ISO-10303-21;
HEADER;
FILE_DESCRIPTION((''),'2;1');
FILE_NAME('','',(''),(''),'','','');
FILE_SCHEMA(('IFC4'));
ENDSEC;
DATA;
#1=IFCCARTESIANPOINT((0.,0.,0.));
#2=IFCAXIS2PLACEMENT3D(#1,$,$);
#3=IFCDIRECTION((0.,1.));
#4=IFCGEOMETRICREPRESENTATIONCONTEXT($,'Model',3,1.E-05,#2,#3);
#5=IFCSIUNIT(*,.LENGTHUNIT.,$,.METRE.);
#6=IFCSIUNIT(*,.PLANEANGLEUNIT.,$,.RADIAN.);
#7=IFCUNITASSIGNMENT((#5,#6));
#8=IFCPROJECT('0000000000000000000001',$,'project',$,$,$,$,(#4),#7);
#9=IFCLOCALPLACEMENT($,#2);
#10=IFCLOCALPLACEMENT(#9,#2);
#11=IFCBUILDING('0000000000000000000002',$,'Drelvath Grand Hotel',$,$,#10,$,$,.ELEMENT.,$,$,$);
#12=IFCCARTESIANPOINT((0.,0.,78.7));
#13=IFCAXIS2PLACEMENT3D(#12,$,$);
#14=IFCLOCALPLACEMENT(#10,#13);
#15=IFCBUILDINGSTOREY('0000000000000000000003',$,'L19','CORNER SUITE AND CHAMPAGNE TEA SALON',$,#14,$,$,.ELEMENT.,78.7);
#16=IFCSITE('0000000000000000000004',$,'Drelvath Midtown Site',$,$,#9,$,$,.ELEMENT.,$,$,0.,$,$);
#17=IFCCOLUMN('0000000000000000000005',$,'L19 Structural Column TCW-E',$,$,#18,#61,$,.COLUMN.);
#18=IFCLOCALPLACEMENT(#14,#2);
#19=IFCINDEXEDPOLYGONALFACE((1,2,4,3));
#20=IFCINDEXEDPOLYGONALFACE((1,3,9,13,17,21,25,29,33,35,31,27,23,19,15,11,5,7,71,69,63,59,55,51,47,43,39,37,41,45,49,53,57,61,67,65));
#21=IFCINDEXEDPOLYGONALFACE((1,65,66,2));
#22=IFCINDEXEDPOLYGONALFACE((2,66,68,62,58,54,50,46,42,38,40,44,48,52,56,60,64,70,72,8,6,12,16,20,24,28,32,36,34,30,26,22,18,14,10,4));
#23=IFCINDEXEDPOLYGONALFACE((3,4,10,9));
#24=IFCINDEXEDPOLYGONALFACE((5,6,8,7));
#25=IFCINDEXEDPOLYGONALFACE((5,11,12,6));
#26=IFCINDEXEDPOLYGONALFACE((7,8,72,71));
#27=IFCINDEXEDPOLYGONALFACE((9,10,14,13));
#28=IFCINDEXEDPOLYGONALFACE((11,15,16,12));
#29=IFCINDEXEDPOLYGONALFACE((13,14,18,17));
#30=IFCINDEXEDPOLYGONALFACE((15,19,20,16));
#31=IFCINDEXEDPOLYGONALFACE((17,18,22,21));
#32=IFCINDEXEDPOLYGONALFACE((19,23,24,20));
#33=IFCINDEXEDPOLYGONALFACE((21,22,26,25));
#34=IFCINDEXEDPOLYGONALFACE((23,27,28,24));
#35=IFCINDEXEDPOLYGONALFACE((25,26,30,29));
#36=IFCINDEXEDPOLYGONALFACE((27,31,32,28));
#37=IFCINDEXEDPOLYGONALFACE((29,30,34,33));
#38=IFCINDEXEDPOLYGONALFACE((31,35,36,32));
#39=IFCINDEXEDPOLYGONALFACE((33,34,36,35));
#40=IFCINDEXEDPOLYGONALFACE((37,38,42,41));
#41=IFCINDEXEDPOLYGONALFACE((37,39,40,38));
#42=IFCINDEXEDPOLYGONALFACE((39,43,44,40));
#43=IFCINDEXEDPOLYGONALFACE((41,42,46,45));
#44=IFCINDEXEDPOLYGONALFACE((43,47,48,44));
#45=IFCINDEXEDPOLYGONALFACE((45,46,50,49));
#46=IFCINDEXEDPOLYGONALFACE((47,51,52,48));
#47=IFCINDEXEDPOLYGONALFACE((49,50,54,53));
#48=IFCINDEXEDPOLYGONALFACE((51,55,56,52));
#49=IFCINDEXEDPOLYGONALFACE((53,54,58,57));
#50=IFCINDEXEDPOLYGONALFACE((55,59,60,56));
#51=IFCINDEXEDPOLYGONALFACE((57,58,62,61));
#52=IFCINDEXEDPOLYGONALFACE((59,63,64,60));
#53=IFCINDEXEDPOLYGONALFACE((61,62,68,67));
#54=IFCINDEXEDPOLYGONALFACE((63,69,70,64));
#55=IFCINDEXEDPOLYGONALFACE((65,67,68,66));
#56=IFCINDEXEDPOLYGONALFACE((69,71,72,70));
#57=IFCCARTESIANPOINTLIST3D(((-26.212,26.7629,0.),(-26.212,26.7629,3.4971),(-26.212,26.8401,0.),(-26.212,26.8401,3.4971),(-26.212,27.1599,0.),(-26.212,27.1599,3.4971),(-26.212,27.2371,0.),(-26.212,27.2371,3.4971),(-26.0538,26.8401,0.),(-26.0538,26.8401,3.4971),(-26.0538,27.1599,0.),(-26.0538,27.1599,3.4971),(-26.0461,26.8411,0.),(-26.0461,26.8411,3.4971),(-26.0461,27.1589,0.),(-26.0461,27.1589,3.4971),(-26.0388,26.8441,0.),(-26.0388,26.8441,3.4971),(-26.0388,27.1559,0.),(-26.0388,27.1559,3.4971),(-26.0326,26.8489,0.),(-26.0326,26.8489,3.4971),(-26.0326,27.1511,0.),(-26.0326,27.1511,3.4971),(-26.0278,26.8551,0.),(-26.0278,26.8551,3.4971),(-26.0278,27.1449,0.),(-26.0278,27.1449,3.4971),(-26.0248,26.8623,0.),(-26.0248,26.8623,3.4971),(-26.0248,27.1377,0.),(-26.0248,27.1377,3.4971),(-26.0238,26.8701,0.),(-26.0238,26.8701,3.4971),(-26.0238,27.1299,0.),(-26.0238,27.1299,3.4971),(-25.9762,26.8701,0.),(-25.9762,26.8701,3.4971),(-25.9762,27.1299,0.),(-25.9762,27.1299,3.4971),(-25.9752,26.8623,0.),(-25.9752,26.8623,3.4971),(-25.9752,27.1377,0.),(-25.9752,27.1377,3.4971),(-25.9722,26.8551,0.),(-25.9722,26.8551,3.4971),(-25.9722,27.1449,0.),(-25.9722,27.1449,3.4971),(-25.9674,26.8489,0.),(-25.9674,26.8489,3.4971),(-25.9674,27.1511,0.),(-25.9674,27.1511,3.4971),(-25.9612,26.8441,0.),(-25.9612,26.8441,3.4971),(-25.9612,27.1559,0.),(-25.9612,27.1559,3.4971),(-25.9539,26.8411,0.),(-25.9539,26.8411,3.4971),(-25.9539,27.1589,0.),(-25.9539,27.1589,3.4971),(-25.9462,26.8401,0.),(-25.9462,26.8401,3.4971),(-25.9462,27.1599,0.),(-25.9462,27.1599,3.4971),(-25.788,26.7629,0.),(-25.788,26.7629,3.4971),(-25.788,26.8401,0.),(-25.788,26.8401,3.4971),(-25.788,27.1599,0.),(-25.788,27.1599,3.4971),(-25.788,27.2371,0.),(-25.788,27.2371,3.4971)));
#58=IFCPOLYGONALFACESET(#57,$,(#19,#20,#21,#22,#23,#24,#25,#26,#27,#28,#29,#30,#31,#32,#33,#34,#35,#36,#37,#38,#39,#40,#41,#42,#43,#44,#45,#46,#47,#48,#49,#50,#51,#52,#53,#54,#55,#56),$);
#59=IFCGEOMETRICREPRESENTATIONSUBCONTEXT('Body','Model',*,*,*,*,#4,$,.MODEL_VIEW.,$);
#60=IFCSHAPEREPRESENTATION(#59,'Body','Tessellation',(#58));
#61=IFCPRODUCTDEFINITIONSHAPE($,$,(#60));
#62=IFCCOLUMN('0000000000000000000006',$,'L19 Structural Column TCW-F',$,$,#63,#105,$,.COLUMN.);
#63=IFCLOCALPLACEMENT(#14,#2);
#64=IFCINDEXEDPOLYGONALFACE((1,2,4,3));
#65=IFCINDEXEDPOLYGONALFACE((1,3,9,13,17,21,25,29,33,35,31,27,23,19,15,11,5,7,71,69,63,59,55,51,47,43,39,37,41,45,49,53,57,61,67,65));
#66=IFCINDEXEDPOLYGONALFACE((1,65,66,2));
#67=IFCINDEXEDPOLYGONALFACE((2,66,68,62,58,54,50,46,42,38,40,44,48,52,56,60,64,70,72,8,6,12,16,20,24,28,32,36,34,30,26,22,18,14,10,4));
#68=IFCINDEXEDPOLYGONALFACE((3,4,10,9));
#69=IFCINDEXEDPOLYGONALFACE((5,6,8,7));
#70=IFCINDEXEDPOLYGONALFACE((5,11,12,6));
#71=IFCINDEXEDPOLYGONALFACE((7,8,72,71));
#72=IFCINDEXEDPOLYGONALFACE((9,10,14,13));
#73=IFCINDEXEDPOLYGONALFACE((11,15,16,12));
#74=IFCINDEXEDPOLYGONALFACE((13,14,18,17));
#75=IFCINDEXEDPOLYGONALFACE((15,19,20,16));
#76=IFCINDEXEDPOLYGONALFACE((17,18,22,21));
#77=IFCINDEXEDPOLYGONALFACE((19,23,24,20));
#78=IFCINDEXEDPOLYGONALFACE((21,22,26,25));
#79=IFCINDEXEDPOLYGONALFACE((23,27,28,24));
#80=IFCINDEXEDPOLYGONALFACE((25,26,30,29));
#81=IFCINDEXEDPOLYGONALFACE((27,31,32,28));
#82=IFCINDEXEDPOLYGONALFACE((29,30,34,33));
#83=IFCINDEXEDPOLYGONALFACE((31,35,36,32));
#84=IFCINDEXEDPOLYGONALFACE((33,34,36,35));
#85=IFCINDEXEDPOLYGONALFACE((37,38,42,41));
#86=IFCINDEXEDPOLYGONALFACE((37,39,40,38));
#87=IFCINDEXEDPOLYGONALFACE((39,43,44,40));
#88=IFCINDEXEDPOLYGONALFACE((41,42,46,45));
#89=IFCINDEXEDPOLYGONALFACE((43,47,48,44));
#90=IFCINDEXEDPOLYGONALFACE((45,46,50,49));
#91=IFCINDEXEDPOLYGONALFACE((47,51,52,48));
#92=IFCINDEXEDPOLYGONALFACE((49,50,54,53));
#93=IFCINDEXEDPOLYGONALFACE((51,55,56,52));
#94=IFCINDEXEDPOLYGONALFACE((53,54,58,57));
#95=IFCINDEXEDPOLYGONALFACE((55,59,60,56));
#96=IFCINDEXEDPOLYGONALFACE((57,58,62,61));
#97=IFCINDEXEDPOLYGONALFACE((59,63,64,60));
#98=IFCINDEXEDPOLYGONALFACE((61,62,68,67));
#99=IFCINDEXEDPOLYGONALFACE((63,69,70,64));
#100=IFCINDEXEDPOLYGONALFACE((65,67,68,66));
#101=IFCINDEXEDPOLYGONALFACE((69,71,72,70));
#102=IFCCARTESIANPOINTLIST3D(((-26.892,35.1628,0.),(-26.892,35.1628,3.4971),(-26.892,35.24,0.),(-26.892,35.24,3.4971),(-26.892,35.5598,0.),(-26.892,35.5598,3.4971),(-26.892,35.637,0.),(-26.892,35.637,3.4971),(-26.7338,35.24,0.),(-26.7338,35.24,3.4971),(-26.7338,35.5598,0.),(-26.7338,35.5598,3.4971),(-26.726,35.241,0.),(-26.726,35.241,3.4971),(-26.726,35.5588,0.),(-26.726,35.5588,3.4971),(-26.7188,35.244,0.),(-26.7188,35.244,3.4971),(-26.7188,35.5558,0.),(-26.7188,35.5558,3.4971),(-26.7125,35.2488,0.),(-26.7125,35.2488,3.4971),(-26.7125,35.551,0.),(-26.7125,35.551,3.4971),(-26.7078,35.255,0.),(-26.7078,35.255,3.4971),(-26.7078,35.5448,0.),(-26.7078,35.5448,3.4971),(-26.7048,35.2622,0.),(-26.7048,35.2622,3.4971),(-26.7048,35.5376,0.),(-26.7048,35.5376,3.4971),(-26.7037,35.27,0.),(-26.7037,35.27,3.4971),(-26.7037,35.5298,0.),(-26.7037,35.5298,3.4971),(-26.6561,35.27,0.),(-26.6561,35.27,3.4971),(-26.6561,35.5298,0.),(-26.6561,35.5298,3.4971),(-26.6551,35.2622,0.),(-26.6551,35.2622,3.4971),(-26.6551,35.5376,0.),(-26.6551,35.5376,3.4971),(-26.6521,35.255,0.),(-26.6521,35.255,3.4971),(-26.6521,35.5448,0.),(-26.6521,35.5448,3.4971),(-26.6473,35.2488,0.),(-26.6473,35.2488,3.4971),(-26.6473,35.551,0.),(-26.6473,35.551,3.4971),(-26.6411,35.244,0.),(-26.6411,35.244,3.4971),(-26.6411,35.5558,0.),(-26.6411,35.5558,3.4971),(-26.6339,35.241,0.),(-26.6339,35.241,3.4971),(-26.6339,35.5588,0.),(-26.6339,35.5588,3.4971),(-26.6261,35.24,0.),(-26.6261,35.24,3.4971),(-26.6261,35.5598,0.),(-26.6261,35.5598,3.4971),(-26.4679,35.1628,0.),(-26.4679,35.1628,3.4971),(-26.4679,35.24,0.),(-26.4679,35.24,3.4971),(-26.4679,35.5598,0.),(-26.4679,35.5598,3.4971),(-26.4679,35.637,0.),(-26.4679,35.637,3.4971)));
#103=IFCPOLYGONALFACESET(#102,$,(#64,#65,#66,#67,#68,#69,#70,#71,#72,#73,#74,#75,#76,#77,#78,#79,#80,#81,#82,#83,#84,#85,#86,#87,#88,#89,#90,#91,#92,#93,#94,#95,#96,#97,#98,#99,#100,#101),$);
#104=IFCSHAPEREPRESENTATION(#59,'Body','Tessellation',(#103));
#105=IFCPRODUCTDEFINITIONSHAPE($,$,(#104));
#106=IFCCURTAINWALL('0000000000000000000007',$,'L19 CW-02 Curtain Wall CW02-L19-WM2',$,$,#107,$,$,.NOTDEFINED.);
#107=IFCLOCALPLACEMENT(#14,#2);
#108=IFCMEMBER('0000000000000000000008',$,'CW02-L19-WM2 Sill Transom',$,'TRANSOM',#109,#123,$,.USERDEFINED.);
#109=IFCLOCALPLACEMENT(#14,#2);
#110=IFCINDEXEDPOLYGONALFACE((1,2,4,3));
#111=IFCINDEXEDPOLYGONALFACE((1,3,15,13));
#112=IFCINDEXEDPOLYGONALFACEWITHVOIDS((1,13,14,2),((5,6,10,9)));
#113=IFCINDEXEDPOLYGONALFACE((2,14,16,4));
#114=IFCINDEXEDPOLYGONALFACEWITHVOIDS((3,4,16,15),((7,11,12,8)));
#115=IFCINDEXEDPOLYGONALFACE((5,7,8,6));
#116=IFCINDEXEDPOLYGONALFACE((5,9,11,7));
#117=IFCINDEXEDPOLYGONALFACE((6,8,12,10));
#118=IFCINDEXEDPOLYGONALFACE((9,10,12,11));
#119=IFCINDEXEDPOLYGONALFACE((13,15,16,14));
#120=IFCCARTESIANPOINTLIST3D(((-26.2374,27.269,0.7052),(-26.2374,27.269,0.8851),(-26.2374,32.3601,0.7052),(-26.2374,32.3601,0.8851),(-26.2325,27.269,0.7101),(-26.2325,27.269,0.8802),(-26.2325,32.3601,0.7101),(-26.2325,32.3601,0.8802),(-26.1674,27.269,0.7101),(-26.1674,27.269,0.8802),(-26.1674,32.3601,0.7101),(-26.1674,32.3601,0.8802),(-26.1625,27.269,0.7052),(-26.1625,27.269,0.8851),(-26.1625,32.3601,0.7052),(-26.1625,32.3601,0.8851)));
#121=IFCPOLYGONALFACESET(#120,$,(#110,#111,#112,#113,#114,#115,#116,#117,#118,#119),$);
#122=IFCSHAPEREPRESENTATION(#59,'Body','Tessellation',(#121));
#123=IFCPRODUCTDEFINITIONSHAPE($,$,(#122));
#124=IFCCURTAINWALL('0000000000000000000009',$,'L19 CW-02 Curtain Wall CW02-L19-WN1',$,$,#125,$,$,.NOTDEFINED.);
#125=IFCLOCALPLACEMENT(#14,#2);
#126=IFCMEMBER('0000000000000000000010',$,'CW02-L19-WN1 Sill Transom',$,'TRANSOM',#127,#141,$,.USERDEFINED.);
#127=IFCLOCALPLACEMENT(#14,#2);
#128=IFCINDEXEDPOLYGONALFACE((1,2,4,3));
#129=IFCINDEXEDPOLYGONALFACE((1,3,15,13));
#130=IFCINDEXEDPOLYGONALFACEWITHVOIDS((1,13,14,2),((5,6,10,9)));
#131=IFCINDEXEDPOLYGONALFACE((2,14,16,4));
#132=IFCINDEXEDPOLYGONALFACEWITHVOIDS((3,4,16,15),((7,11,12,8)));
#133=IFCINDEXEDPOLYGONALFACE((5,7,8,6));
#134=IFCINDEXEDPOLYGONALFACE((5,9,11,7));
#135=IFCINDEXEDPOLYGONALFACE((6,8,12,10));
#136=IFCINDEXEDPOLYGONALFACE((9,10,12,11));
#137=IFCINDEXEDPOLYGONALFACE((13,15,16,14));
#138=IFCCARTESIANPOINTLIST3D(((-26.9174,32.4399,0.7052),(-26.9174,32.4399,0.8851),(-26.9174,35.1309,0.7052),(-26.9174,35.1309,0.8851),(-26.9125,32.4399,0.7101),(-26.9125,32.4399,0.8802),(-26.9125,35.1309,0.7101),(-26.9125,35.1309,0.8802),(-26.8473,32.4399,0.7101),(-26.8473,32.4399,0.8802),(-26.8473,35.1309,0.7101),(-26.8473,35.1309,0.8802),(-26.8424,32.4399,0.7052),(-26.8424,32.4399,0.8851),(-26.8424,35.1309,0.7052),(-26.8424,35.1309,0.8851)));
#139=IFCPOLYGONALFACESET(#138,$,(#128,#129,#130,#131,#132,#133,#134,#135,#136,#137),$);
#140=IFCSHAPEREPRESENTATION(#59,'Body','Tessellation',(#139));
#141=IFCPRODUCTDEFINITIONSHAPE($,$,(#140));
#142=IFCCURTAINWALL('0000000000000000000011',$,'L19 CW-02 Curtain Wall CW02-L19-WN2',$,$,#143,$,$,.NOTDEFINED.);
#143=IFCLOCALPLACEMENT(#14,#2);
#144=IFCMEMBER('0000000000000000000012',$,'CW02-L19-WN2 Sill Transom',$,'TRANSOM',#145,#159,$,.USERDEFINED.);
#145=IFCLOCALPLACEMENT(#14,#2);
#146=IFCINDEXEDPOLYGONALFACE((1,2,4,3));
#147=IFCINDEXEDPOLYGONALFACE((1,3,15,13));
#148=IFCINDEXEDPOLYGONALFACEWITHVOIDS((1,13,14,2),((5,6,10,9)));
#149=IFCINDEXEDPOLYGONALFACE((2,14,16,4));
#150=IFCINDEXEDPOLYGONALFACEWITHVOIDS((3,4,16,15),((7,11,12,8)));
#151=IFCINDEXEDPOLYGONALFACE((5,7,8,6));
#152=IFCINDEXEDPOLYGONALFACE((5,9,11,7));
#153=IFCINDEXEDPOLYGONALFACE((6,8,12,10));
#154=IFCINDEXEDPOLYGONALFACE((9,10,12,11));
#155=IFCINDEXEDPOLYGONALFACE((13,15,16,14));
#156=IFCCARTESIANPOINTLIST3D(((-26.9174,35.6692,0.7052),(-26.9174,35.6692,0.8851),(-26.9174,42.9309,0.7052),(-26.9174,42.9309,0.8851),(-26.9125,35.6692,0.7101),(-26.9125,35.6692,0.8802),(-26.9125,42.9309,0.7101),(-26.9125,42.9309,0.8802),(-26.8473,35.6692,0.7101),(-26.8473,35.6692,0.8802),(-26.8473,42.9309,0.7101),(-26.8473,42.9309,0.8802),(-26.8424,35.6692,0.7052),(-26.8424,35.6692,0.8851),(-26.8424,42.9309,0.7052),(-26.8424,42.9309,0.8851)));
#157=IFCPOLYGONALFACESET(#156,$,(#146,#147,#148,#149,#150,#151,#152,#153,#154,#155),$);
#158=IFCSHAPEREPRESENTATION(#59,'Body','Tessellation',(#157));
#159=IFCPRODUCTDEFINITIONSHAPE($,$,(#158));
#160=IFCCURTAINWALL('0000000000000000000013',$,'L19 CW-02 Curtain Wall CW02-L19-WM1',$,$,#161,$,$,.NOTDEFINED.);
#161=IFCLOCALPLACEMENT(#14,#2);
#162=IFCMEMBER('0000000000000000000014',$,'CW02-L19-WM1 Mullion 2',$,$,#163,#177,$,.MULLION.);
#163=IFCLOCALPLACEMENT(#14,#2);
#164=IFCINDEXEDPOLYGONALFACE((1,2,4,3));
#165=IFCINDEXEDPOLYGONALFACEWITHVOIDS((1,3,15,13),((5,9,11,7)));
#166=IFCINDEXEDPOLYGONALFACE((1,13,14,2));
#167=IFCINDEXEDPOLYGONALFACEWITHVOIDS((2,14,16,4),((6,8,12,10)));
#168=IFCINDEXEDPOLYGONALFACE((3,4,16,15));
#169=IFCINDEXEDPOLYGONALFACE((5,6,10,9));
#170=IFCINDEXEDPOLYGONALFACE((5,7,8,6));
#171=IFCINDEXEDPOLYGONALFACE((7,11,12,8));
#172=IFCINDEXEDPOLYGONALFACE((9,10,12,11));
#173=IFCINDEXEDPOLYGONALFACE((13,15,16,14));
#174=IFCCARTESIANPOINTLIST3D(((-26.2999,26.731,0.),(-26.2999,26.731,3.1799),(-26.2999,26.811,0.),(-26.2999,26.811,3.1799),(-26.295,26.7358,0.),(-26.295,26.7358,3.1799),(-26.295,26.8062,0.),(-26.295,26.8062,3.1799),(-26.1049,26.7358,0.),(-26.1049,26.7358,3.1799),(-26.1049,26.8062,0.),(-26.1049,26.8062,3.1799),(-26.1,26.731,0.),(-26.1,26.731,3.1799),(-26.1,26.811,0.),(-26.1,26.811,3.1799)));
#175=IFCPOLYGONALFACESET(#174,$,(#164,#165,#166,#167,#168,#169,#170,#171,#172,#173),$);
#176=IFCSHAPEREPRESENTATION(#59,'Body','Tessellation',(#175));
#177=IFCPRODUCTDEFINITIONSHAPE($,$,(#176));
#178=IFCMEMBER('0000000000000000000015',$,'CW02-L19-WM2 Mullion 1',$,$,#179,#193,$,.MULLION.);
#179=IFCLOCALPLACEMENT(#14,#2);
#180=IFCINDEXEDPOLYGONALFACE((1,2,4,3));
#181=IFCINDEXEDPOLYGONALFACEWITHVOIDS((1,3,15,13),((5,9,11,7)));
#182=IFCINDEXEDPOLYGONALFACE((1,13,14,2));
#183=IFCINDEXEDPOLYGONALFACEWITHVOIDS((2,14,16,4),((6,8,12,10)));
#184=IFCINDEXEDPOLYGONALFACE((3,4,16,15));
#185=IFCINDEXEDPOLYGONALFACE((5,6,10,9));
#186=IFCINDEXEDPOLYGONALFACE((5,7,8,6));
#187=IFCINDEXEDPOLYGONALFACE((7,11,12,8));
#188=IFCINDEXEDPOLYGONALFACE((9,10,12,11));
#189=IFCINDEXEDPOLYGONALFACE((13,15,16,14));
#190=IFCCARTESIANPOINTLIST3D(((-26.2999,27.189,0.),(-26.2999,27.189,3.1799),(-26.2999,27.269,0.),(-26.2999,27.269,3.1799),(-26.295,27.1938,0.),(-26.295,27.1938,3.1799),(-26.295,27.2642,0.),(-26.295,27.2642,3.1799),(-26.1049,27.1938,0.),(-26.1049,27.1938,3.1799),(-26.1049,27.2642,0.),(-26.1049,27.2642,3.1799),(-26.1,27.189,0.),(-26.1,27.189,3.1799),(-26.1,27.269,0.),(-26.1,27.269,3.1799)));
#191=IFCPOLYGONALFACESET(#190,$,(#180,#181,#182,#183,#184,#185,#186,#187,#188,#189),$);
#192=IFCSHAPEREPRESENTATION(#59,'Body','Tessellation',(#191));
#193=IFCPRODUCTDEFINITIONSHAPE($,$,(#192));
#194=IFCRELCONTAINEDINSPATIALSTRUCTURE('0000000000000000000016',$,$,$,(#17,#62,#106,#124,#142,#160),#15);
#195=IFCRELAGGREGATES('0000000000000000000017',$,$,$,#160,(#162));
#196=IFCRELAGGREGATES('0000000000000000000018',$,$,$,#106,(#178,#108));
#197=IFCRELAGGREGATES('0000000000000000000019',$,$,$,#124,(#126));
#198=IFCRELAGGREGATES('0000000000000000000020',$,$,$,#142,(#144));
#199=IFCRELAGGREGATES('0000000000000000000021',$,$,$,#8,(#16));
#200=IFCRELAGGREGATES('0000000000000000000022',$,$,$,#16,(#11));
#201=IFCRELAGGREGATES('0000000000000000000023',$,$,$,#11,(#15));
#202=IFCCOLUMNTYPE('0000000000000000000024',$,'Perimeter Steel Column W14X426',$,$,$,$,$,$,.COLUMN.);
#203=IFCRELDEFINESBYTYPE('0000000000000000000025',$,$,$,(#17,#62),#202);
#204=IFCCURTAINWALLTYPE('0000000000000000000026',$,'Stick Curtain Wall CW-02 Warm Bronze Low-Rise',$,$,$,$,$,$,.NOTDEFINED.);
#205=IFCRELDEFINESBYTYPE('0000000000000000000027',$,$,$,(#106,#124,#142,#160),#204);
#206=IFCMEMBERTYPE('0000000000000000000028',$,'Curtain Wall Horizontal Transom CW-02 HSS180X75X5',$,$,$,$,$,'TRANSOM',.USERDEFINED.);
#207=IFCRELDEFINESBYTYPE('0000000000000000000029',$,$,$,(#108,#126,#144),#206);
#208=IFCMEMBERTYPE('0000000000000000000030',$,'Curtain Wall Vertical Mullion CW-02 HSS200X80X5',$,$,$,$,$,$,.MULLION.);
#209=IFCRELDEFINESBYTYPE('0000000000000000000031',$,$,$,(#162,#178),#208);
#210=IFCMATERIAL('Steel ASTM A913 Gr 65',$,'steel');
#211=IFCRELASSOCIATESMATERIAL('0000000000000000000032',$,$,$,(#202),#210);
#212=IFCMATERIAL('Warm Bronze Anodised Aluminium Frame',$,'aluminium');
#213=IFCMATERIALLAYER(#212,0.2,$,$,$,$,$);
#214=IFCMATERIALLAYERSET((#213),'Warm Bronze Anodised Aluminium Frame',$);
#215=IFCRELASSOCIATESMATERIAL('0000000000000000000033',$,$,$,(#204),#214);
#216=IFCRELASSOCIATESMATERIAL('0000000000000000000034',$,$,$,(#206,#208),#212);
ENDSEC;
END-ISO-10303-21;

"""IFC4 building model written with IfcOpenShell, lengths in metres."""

from ifc_helpers import new_model, si_unit, direction, frame, origin, origin_2d, place, context, subcontext, project, spatial, hollow_rectangle, i_section, extrude, material, layer, layer_set, material_profile, profile_set, type_object, element, aggregate, save


model = new_model("IFC4")

# Units and contexts
model_context = context("Model", 3, precision=1e-05, world=origin(), true_north=direction((0.0, 1.0)))
body_context = subcontext(model_context, "Body", "Model", "MODEL_VIEW")
ifc_project = project(units=[si_unit("LENGTHUNIT", "METRE"), si_unit("PLANEANGLEUNIT", "RADIAN")], contexts=[model_context])

# Site, building, storey
site_placement = place(None, origin())
site = spatial("IfcSite", under=ifc_project, at=site_placement, Name="Drelvath Midtown Site", CompositionType="ELEMENT", RefElevation=0.0)
building_placement = place(site_placement, origin())
building = spatial("IfcBuilding", under=site, at=building_placement, Name="Drelvath Grand Hotel", CompositionType="ELEMENT")
storey_placement = place(building_placement, frame((0.0, 0.0, 78.7)))
storey = spatial("IfcBuildingStorey", under=building, at=storey_placement, Name="L19", Description="CORNER SUITE AND CHAMPAGNE TEA SALON", CompositionType="ELEMENT", Elevation=78.7)

# Columns
ifc_material_1 = material(Name="Steel ASTM A913 Gr 65", Category="steel")
ifc_material_profile_1 = material_profile(ifc_material_1, i_section(OverallWidth=0.4241, OverallDepth=0.4741, WebThickness=0.0476, FlangeThickness=0.0771, FilletRadius=0.03, at=origin_2d()), Name="W14X426")
ifc_profile_set_1 = profile_set([ifc_material_profile_1], Name="Steel ASTM A913 Gr 65")
column_type = type_object("IfcColumnType", Name="Perimeter Steel Column W14X426", PredefinedType="COLUMN", material=ifc_profile_set_1)
for number, where, z_axis, x_axis, name in (
    (1, (-26.0, 27.0, 0.0), (0.0, 0.0, 1.0), (1.0, 0.0, 0.0), "L19 Structural Column TCW-E"),
    (2, (-26.6799, 35.3999, 0.0), (0.0, 0.0, 1.0), (1.0, 0.0, 0.0), "L19 Structural Column TCW-F"),
):
    element("IfcColumn", number, at=place(storey_placement, frame(where, z_axis=z_axis, x_axis=x_axis)), inside=storey, type_object=column_type, Name=name, PredefinedType="COLUMN", context=body_context, shape_type="SweptSolid", body=[
        extrude(i_section(OverallWidth=0.4241, OverallDepth=0.4741, WebThickness=0.0476, FlangeThickness=0.0771, FilletRadius=0.03, at=origin_2d()), origin(), (0.0, 0.0, 1.0), 3.4971),
    ])

# Curtain walls, members
ifc_material_2 = material(Name="Warm Bronze Anodised Aluminium Frame", Category="aluminium")
ifc_layer_1 = layer(ifc_material_2, 0.2)
ifc_layer_set_1 = layer_set([ifc_layer_1], Name="Warm Bronze Anodised Aluminium Frame")
curtain_wall_type = type_object("IfcCurtainWallType", Name="Stick Curtain Wall CW-02 Warm Bronze Low-Rise", PredefinedType="NOTDEFINED", material=ifc_layer_set_1)
curtain_wall_1_placement = place(storey_placement, origin())
curtain_wall_1 = element("IfcCurtainWall", 3, at=curtain_wall_1_placement, inside=storey, type_object=curtain_wall_type, Name="L19 CW-02 Curtain Wall CW02-L19-WM2", PredefinedType="NOTDEFINED")
ifc_material_profile_2 = material_profile(ifc_material_2, hollow_rectangle(XDim=0.075, YDim=0.1799, WallThickness=0.0049, at=origin_2d()), Name="HSS180X75X5")
ifc_profile_set_2 = profile_set([ifc_material_profile_2], Name="Warm Bronze Anodised Aluminium Frame")
member_type_1 = type_object("IfcMemberType", Name="Curtain Wall Horizontal Transom CW-02 HSS180X75X5", ElementType="TRANSOM", PredefinedType="USERDEFINED", material=ifc_profile_set_2)
member_1_placement = place(storey_placement, frame((-26.2, 27.269, 0.7952), z_axis=(0.0, 1.0, 0.0), x_axis=(-1.0, 0.0, 0.0)))
member_1 = element("IfcMember", 4, at=member_1_placement, type_object=member_type_1, Name="CW02-L19-WM2 Sill Transom", ObjectType="TRANSOM", PredefinedType="USERDEFINED", context=body_context, shape_type="SweptSolid", body=[
    extrude(hollow_rectangle(XDim=0.075, YDim=0.1799, WallThickness=0.0049, at=origin_2d()), origin(), (0.0, 0.0, 1.0), 5.0911),
])
curtain_wall_2_placement = place(storey_placement, origin())
curtain_wall_2 = element("IfcCurtainWall", 5, at=curtain_wall_2_placement, inside=storey, type_object=curtain_wall_type, Name="L19 CW-02 Curtain Wall CW02-L19-WN1", PredefinedType="NOTDEFINED")
member_2_placement = place(storey_placement, frame((-26.8799, 32.4399, 0.7952), z_axis=(0.0, 1.0, 0.0), x_axis=(-1.0, 0.0, 0.0)))
member_2 = element("IfcMember", 6, at=member_2_placement, type_object=member_type_1, Name="CW02-L19-WN1 Sill Transom", ObjectType="TRANSOM", PredefinedType="USERDEFINED", context=body_context, shape_type="SweptSolid", body=[
    extrude(hollow_rectangle(XDim=0.075, YDim=0.1799, WallThickness=0.0049, at=origin_2d()), origin(), (0.0, 0.0, 1.0), 2.6909),
])
curtain_wall_3_placement = place(storey_placement, origin())
curtain_wall_3 = element("IfcCurtainWall", 7, at=curtain_wall_3_placement, inside=storey, type_object=curtain_wall_type, Name="L19 CW-02 Curtain Wall CW02-L19-WN2", PredefinedType="NOTDEFINED")
member_3_placement = place(storey_placement, frame((-26.8799, 35.6692, 0.7952), z_axis=(0.0, 1.0, 0.0), x_axis=(-1.0, 0.0, 0.0)))
member_3 = element("IfcMember", 8, at=member_3_placement, type_object=member_type_1, Name="CW02-L19-WN2 Sill Transom", ObjectType="TRANSOM", PredefinedType="USERDEFINED", context=body_context, shape_type="SweptSolid", body=[
    extrude(hollow_rectangle(XDim=0.075, YDim=0.1799, WallThickness=0.0049, at=origin_2d()), origin(), (0.0, 0.0, 1.0), 7.2617),
])
curtain_wall_4_placement = place(storey_placement, origin())
curtain_wall_4 = element("IfcCurtainWall", 9, at=curtain_wall_4_placement, inside=storey, type_object=curtain_wall_type, Name="L19 CW-02 Curtain Wall CW02-L19-WM1", PredefinedType="NOTDEFINED")
ifc_material_profile_3 = material_profile(ifc_material_2, hollow_rectangle(XDim=0.0801, YDim=0.2, WallThickness=0.0049, at=origin_2d()), Name="HSS200X80X5")
ifc_profile_set_3 = profile_set([ifc_material_profile_3], Name="Warm Bronze Anodised Aluminium Frame")
member_type_2 = type_object("IfcMemberType", Name="Curtain Wall Vertical Mullion CW-02 HSS200X80X5", PredefinedType="MULLION", material=ifc_profile_set_3)
member_4_placement = place(storey_placement, frame((-26.2, 26.771, 0.0), z_axis=(0.0, 0.0, 1.0), x_axis=(0.0, 1.0, 0.0)))
member_4 = element("IfcMember", 10, at=member_4_placement, type_object=member_type_2, Name="CW02-L19-WM1 Mullion 2", PredefinedType="MULLION", context=body_context, shape_type="SweptSolid", body=[
    extrude(hollow_rectangle(XDim=0.0801, YDim=0.2, WallThickness=0.0049, at=origin_2d()), origin(), (0.0, 0.0, 1.0), 3.1799),
])
aggregate(curtain_wall_4, [member_4])

# Member
member_5_placement = place(storey_placement, frame((-26.2, 27.229, 0.0), z_axis=(0.0, 0.0, 1.0), x_axis=(0.0, 1.0, 0.0)))
member_5 = element("IfcMember", 11, at=member_5_placement, type_object=member_type_2, Name="CW02-L19-WM2 Mullion 1", PredefinedType="MULLION", context=body_context, shape_type="SweptSolid", body=[
    extrude(hollow_rectangle(XDim=0.0801, YDim=0.2, WallThickness=0.0049, at=origin_2d()), origin(), (0.0, 0.0, 1.0), 3.1799),
])

aggregate(curtain_wall_1, [member_5, member_1])
aggregate(curtain_wall_2, [member_2])
aggregate(curtain_wall_3, [member_3])

save(model, "model.ifc")
